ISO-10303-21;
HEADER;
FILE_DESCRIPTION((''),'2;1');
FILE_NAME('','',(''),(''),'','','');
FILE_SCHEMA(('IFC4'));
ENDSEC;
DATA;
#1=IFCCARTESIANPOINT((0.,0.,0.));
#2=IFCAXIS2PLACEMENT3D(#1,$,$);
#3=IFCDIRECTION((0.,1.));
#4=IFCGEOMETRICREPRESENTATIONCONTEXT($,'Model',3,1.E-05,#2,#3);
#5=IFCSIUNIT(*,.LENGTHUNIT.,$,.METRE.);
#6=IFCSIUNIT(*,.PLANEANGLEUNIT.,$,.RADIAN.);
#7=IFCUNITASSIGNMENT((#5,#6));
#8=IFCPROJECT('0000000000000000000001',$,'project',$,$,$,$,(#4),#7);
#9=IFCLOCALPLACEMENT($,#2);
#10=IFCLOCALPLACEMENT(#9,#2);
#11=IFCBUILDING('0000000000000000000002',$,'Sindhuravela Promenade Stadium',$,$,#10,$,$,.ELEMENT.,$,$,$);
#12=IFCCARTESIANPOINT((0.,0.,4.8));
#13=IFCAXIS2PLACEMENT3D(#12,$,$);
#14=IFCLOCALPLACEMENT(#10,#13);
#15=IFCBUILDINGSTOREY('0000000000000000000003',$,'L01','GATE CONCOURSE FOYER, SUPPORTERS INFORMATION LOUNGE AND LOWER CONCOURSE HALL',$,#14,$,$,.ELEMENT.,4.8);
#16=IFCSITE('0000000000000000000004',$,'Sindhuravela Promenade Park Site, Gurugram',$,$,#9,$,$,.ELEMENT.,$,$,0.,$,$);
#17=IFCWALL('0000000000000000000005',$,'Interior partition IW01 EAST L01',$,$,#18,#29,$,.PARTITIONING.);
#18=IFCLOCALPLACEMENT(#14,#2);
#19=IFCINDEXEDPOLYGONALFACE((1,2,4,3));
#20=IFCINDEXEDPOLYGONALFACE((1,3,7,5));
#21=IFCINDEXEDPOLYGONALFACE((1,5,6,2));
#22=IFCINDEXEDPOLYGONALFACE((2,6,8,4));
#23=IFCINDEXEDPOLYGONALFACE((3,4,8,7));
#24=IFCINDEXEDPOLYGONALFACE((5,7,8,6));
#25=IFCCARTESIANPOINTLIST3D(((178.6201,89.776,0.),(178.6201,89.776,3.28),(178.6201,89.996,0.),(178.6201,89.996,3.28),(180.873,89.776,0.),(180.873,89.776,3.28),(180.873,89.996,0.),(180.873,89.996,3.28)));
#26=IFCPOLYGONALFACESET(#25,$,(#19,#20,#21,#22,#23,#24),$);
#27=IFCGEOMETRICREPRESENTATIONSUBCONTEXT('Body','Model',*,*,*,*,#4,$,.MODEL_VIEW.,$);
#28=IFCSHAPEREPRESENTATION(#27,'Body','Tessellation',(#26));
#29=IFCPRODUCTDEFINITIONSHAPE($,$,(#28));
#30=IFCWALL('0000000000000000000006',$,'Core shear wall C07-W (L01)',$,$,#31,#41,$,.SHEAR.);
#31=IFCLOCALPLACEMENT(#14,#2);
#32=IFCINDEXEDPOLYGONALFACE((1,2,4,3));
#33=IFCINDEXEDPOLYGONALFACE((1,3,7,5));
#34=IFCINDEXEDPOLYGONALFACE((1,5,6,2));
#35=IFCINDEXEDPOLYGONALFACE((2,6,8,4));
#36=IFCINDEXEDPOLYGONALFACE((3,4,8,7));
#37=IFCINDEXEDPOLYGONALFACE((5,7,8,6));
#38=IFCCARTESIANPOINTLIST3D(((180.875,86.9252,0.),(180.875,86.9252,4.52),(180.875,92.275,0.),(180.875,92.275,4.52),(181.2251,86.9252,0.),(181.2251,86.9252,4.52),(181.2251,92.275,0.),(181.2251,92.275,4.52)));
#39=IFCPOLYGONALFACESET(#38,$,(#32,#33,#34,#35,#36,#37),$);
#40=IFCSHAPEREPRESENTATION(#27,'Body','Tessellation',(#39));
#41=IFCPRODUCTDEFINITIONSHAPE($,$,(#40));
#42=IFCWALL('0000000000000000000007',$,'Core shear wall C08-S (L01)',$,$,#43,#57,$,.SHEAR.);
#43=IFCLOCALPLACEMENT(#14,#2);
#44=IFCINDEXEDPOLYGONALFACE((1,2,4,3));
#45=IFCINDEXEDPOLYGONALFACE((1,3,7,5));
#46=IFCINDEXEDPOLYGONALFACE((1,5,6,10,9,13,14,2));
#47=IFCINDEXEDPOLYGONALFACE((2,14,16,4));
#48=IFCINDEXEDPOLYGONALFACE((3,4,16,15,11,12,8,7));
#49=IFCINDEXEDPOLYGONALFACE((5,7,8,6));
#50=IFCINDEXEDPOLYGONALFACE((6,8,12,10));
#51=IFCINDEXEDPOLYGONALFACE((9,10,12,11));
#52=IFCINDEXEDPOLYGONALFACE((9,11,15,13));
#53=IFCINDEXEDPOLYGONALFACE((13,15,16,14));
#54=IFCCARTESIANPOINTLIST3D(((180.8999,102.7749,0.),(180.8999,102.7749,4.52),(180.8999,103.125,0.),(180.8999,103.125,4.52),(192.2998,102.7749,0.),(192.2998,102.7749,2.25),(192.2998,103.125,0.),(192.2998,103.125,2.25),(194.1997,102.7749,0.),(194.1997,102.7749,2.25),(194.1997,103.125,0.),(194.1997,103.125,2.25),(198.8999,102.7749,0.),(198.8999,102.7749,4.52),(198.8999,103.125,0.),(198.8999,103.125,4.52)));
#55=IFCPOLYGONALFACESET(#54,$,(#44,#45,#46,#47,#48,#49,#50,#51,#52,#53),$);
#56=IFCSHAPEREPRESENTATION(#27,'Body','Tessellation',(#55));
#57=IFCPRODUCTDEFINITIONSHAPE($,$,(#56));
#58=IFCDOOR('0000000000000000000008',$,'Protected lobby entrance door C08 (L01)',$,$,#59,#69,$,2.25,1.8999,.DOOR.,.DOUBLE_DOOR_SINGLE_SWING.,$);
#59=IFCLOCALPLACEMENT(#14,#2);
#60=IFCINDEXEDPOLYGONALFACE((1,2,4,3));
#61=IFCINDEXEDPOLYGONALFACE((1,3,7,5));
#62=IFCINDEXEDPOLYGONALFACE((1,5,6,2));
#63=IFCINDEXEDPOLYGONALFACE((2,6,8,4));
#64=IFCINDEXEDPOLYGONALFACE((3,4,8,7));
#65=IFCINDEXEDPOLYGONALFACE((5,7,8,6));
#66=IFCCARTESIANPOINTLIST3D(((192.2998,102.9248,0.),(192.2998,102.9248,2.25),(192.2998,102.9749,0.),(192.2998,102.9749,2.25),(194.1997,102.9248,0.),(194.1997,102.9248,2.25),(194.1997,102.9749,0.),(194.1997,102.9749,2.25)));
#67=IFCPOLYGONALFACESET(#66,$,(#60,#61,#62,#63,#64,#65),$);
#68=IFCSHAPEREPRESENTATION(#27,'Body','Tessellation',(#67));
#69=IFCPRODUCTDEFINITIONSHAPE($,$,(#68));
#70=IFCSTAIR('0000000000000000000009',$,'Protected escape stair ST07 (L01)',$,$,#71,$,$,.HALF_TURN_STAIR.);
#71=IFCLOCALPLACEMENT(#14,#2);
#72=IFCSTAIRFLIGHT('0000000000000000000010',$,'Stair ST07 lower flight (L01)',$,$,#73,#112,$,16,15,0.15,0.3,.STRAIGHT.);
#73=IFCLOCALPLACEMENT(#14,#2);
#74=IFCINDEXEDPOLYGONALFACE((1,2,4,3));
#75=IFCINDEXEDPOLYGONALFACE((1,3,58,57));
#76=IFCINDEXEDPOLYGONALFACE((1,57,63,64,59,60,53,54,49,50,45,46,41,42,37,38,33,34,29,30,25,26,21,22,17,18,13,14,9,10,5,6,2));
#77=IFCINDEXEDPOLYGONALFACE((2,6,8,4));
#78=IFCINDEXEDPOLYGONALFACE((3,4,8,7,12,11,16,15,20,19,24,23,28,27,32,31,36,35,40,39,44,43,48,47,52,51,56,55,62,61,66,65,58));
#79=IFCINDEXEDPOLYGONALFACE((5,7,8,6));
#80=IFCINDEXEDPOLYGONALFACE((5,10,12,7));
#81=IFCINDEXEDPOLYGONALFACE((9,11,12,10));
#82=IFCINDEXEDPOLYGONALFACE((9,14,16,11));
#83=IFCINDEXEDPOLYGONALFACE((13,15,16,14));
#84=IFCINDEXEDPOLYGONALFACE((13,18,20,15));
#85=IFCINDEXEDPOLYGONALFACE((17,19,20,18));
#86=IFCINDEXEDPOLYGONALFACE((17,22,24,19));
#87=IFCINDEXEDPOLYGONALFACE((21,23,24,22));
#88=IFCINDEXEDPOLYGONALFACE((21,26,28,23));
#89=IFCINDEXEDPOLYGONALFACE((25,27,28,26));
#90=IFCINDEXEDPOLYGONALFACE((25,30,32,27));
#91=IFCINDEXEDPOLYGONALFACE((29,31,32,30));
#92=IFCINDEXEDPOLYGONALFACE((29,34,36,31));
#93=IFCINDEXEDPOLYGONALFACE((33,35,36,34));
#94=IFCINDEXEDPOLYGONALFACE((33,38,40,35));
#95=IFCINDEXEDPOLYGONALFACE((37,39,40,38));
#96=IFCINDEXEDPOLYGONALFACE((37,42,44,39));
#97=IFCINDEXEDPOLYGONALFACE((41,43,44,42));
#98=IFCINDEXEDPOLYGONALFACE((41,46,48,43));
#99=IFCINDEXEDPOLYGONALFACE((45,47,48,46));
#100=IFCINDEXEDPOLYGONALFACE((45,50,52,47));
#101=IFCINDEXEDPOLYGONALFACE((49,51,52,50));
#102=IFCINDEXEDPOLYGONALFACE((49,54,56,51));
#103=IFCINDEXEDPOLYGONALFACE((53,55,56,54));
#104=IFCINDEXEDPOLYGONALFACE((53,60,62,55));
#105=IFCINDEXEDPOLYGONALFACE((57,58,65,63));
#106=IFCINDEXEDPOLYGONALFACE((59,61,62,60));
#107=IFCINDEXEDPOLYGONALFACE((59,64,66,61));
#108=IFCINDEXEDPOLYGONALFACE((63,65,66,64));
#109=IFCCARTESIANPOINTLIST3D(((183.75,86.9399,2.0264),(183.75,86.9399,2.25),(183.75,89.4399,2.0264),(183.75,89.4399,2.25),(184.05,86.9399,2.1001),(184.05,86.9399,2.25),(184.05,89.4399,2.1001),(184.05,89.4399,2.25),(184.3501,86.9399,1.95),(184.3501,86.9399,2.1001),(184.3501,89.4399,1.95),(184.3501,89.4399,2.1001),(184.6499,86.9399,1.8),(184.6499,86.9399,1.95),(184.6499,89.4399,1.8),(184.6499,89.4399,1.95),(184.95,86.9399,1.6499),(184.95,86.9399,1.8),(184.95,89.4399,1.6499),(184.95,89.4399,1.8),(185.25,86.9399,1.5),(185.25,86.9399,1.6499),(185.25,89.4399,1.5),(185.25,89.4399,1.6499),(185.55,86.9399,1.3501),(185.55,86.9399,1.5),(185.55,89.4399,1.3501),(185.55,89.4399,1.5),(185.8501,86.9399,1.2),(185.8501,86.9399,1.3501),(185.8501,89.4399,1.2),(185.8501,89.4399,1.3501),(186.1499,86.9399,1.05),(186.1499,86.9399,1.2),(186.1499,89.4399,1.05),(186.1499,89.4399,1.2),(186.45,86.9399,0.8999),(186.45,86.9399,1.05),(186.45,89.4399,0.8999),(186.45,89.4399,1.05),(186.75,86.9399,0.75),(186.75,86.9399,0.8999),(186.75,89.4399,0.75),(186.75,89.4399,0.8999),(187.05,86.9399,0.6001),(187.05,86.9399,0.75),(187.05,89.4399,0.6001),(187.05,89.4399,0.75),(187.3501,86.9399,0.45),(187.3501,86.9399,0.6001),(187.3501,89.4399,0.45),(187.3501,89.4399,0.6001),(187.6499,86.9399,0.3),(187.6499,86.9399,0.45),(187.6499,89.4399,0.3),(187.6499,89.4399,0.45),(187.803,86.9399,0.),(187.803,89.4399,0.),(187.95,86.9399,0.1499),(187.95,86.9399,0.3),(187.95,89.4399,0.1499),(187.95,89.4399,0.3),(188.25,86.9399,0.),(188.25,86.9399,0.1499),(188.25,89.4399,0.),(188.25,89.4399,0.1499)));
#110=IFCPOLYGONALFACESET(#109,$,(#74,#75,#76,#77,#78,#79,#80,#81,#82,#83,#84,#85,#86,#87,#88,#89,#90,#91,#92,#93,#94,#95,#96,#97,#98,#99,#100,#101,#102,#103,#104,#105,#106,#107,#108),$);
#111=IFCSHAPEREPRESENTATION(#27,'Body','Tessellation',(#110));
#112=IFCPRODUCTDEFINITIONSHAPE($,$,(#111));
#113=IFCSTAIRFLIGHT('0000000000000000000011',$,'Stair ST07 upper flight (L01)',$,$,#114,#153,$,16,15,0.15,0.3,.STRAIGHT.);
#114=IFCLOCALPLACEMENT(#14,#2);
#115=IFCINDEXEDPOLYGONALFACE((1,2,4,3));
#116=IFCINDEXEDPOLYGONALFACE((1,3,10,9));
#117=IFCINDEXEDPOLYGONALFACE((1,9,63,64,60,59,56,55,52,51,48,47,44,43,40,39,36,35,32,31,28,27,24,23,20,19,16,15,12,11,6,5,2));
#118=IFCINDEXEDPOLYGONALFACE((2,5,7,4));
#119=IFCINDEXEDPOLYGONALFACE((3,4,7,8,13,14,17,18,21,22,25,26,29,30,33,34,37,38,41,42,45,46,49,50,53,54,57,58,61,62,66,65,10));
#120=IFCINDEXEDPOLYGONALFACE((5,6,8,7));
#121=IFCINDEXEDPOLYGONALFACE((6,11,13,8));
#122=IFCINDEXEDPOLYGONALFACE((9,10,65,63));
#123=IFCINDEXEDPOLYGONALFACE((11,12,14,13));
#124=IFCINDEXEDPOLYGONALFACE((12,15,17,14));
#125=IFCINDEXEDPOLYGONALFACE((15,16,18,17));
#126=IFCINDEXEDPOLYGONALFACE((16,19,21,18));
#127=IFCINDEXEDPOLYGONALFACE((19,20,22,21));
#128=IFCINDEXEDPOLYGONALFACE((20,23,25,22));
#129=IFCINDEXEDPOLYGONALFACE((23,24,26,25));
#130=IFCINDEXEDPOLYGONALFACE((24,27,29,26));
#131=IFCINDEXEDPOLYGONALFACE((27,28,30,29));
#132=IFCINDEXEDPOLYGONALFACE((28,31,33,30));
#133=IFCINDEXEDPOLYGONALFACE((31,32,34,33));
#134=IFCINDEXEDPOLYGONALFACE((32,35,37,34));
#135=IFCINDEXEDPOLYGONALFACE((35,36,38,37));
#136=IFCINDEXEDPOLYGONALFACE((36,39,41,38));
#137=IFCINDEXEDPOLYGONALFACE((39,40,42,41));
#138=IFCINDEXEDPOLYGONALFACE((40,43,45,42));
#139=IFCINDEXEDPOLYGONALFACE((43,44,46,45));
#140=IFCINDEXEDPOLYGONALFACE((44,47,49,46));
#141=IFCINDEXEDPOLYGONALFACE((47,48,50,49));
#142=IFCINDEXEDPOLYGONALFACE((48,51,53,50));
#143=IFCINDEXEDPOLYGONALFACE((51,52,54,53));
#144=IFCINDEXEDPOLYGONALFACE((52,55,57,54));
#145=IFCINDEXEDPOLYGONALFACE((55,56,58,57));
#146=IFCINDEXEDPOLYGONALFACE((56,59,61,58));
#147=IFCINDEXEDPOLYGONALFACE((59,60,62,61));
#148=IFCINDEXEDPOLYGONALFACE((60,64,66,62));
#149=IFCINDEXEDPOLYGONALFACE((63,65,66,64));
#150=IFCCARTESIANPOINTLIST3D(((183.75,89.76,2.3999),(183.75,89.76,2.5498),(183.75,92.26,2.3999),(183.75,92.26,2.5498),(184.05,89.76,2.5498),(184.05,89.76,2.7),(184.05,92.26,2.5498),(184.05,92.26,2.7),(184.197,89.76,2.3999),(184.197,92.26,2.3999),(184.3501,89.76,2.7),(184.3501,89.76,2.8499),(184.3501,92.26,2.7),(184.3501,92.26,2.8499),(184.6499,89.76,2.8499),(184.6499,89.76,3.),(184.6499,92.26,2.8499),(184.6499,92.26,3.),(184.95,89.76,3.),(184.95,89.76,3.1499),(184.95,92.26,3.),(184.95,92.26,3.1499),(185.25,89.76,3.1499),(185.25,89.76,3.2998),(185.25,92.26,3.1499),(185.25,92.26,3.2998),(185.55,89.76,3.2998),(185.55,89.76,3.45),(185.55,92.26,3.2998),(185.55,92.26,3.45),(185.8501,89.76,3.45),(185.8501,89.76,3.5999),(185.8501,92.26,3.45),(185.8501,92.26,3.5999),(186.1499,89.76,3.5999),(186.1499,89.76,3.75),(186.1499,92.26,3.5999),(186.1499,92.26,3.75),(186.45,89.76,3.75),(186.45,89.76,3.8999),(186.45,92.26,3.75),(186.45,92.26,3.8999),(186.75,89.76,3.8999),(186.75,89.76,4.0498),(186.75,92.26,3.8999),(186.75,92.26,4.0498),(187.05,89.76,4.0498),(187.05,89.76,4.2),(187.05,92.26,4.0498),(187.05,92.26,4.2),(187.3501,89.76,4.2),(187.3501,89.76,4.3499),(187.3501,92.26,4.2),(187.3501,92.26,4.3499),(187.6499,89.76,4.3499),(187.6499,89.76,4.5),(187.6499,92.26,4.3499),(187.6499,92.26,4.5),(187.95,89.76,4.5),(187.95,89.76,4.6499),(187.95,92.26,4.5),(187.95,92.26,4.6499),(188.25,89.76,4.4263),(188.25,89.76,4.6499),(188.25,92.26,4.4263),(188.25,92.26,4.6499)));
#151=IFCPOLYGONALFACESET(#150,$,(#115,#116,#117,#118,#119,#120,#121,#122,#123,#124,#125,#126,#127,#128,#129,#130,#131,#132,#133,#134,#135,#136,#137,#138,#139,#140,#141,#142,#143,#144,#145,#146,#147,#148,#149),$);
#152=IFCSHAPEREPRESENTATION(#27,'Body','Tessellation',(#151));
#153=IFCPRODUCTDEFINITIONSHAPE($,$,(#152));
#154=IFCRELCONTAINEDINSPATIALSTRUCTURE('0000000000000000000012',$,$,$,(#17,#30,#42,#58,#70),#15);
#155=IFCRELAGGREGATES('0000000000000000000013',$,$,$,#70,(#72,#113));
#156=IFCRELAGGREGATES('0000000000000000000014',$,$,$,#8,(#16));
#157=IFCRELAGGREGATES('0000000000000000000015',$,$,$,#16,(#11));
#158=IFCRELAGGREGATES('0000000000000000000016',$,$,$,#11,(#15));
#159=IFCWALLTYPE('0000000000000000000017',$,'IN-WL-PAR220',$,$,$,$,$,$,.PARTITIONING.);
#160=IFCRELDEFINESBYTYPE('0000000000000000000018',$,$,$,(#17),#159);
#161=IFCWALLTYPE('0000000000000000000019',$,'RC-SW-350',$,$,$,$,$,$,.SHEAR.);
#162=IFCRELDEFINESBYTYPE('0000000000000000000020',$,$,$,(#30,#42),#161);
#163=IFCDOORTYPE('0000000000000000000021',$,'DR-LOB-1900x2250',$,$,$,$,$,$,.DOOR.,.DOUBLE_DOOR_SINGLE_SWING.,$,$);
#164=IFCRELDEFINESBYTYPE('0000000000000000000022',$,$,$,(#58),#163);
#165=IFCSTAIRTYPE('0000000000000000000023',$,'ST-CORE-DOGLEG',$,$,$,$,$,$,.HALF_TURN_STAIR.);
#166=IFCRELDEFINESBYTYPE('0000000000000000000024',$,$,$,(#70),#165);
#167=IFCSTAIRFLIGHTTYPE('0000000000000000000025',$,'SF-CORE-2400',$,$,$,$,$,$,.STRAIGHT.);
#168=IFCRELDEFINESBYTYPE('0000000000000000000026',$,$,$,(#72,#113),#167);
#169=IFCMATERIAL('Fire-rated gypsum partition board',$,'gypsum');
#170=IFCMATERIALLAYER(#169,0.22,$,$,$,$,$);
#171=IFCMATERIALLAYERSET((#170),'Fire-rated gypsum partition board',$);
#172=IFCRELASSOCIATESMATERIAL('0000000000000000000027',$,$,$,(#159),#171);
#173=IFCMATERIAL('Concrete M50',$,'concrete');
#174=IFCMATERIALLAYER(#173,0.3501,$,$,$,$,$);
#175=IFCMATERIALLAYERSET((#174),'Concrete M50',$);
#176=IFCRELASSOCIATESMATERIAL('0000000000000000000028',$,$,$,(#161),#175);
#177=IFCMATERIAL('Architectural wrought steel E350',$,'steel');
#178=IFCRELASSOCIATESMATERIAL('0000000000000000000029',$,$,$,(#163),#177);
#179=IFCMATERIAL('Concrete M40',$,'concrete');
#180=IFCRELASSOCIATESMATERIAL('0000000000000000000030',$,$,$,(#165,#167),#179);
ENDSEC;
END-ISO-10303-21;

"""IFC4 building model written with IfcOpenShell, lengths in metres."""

from ifc_helpers import new_model, si_unit, direction, frame, frame_2d, origin, place, context, subcontext, project, spatial, polyline, rectangle, outline, extrude, material, layer, layer_set, type_object, element, fill, aggregate, save


model = new_model("IFC4")

# Units and contexts
model_context = context("Model", 3, precision=1e-05, world=origin(), true_north=direction((0.0, 1.0)))
body_context = subcontext(model_context, "Body", "Model", "MODEL_VIEW")
ifc_project = project(units=[si_unit("LENGTHUNIT", "METRE"), si_unit("PLANEANGLEUNIT", "RADIAN")], contexts=[model_context])

# Site, building, storey
site_placement = place(None, origin())
site = spatial("IfcSite", under=ifc_project, at=site_placement, Name="Sindhuravela Promenade Park Site, Gurugram", CompositionType="ELEMENT", RefElevation=0.0)
building_placement = place(site_placement, origin())
building = spatial("IfcBuilding", under=site, at=building_placement, Name="Sindhuravela Promenade Stadium", CompositionType="ELEMENT")
storey_placement = place(building_placement, frame((0.0, 0.0, 4.8)))
storey = spatial("IfcBuildingStorey", under=building, at=storey_placement, Name="L01", Description="GATE CONCOURSE FOYER, SUPPORTERS INFORMATION LOUNGE AND LOWER CONCOURSE HALL", CompositionType="ELEMENT", Elevation=4.8)

# Shared definitions
ifc_material_1 = material(Name="Concrete M50", Category="concrete")
ifc_material_2 = material(Name="Concrete M40", Category="concrete")

# Walls
ifc_material_3 = material(Name="Fire-rated gypsum partition board", Category="gypsum")
ifc_layer_1 = layer(ifc_material_3, 0.22)
ifc_layer_set_1 = layer_set([ifc_layer_1], Name="Fire-rated gypsum partition board")
wall_type_1 = type_object("IfcWallType", Name="IN-WL-PAR220", PredefinedType="PARTITIONING", material=ifc_layer_set_1)
wall_1_placement = place(storey_placement, frame((180.873, 89.886, 0.0), z_axis=(0.0, 0.0, 1.0), x_axis=(-1.0, 0.0, 0.0)))
element("IfcWall", 1, at=wall_1_placement, inside=storey, type_object=wall_type_1, Name="Interior partition IW01 EAST L01", PredefinedType="PARTITIONING", context=body_context, shape_type="SweptSolid", body=[
    extrude(rectangle(XDim=2.2529, YDim=0.22, at=frame_2d((1.1265, 0.0))), origin(), (0.0, 0.0, 1.0), 3.28),
])
ifc_layer_2 = layer(ifc_material_1, 0.3501)
ifc_layer_set_2 = layer_set([ifc_layer_2], Name="Concrete M50")
wall_type_2 = type_object("IfcWallType", Name="RC-SW-350", PredefinedType="SHEAR", material=ifc_layer_set_2)
wall_2_placement = place(storey_placement, frame((181.05, 92.2749, 0.0), z_axis=(0.0, 0.0, 1.0), x_axis=(0.0, -1.0, 0.0)))
element("IfcWall", 2, at=wall_2_placement, inside=storey, type_object=wall_type_2, Name="Core shear wall C07-W (L01)", PredefinedType="SHEAR", context=body_context, shape_type="SweptSolid", body=[
    extrude(rectangle(XDim=5.3499, YDim=0.3501, at=frame_2d((2.6748, 0.0))), origin(), (0.0, 0.0, 1.0), 4.52),
])

# Wall, opening, door
wall_3_placement = place(storey_placement, frame((180.8999, 102.95, 0.0), z_axis=(0.0, 0.0, 1.0), x_axis=(1.0, 0.0, 0.0)))
wall_3 = element("IfcWall", 3, at=wall_3_placement, inside=storey, type_object=wall_type_2, Name="Core shear wall C08-S (L01)", PredefinedType="SHEAR", context=body_context, shape_type="SweptSolid", body=[
    extrude(rectangle(XDim=18.0, YDim=0.3501, at=frame_2d((9.0, 0.0))), origin(), (0.0, 0.0, 1.0), 4.52),
])
opening_placement = place(wall_3_placement, frame((11.3999, 0.0, 0.0)))
opening = element("IfcOpeningElement", 4, at=opening_placement, cuts=wall_3, PredefinedType="OPENING", context=body_context, shape_type="SweptSolid", body=[
    extrude(rectangle(XDim=1.8999, YDim=2.25, at=frame_2d((0.95, 1.125))), frame((0.0, 0.1851, 0.0), z_axis=(0.0, -1.0, 0.0), x_axis=(1.0, 0.0, 0.0)), (0.0, 0.0, 1.0), 0.3701),
])
ifc_material_4 = material(Name="Architectural wrought steel E350", Category="steel")
door_type = type_object("IfcDoorType", Name="DR-LOB-1900x2250", OperationType="DOUBLE_DOOR_SINGLE_SWING", PredefinedType="DOOR", material=ifc_material_4)
door_placement = place(opening_placement, origin())
door = element("IfcDoor", 5, at=door_placement, inside=storey, type_object=door_type, Name="Protected lobby entrance door C08 (L01)", OperationType="DOUBLE_DOOR_SINGLE_SWING", OverallHeight=2.25, OverallWidth=1.8999, PredefinedType="DOOR", context=body_context, shape_type="SweptSolid", body=[
    extrude(rectangle(XDim=1.8999, YDim=2.25, at=frame_2d((0.95, 1.125))), frame((0.0, 0.0249, 0.0), z_axis=(0.0, -1.0, 0.0), x_axis=(1.0, 0.0, 0.0)), (0.0, 0.0, 1.0), 0.05),
])
fill(opening, door)

# Stair, stair flights
stair_type = type_object("IfcStairType", Name="ST-CORE-DOGLEG", PredefinedType="HALF_TURN_STAIR", material=ifc_material_2)
stair_placement = place(storey_placement, origin())
stair = element("IfcStair", 6, at=stair_placement, inside=storey, type_object=stair_type, Name="Protected escape stair ST07 (L01)", PredefinedType="HALF_TURN_STAIR")
stair_flight_type = type_object("IfcStairFlightType", Name="SF-CORE-2400", PredefinedType="STRAIGHT", material=ifc_material_2)
stair_flight_1_placement = place(storey_placement, frame((188.25, 88.1899, 0.0), z_axis=(0.0, 0.0, 1.0), x_axis=(-1.0, 0.0, 0.0)))
stair_flight_1 = element("IfcStairFlight", 7, at=stair_flight_1_placement, type_object=stair_flight_type, Name="Stair ST07 lower flight (L01)", NumberOfRisers=16, NumberOfTreads=15, PredefinedType="STRAIGHT", RiserHeight=0.15, TreadLength=0.3, context=body_context, shape_type="SweptSolid", body=[
    extrude(outline(polyline([(0.0, 0.0), (0.0, 0.1499), (0.3, 0.1499), (0.3, 0.3), (0.6001, 0.3), (0.6001, 0.45), (0.8999, 0.45), (0.8999, 0.6001), (1.2, 0.6001), (1.2, 0.75), (1.5, 0.75), (1.5, 0.8999), (1.8, 0.8999), (1.8, 1.05), (2.1001, 1.05), (2.1001, 1.2), (2.3999, 1.2), (2.3999, 1.3501), (2.7, 1.3501), (2.7, 1.5), (3.0, 1.5), (3.0, 1.6499), (3.3, 1.6499), (3.3, 1.8), (3.6001, 1.8), (3.6001, 1.95), (3.8999, 1.95), (3.8999, 2.1001), (4.2, 2.1001), (4.2, 2.25), (4.5, 2.25), (4.5, 2.3999), (4.5, 2.0264), (0.447, 0.0), (0.0, 0.0)])), frame((0.0, 1.25, 0.0), z_axis=(0.0, -1.0, 0.0), x_axis=(1.0, 0.0, 0.0)), (0.0, 0.0, 1.0), 2.5),
])
stair_flight_2_placement = place(storey_placement, frame((183.75, 91.01, 2.3999), z_axis=(0.0, 0.0, 1.0), x_axis=(1.0, 0.0, 0.0)))
stair_flight_2 = element("IfcStairFlight", 8, at=stair_flight_2_placement, type_object=stair_flight_type, Name="Stair ST07 upper flight (L01)", NumberOfRisers=16, NumberOfTreads=15, PredefinedType="STRAIGHT", RiserHeight=0.15, TreadLength=0.3, context=body_context, shape_type="SweptSolid", body=[
    extrude(outline(polyline([(0.0, 0.0), (0.0, 0.1499), (0.3, 0.1499), (0.3, 0.3), (0.6001, 0.3), (0.6001, 0.45), (0.8999, 0.45), (0.8999, 0.6001), (1.2, 0.6001), (1.2, 0.75), (1.5, 0.75), (1.5, 0.8999), (1.8, 0.8999), (1.8, 1.05), (2.1001, 1.05), (2.1001, 1.2), (2.3999, 1.2), (2.3999, 1.3501), (2.7, 1.3501), (2.7, 1.5), (3.0, 1.5), (3.0, 1.6499), (3.3, 1.6499), (3.3, 1.8), (3.6001, 1.8), (3.6001, 1.95), (3.8999, 1.95), (3.8999, 2.1001), (4.2, 2.1001), (4.2, 2.25), (4.5, 2.25), (4.5, 2.3999), (4.5, 2.0264), (0.447, 0.0), (0.0, 0.0)])), frame((0.0, 1.25, 0.0), z_axis=(0.0, -1.0, 0.0), x_axis=(1.0, 0.0, 0.0)), (0.0, 0.0, 1.0), 2.5),
])
aggregate(stair, [stair_flight_1, stair_flight_2])

save(model, "model.ifc")
